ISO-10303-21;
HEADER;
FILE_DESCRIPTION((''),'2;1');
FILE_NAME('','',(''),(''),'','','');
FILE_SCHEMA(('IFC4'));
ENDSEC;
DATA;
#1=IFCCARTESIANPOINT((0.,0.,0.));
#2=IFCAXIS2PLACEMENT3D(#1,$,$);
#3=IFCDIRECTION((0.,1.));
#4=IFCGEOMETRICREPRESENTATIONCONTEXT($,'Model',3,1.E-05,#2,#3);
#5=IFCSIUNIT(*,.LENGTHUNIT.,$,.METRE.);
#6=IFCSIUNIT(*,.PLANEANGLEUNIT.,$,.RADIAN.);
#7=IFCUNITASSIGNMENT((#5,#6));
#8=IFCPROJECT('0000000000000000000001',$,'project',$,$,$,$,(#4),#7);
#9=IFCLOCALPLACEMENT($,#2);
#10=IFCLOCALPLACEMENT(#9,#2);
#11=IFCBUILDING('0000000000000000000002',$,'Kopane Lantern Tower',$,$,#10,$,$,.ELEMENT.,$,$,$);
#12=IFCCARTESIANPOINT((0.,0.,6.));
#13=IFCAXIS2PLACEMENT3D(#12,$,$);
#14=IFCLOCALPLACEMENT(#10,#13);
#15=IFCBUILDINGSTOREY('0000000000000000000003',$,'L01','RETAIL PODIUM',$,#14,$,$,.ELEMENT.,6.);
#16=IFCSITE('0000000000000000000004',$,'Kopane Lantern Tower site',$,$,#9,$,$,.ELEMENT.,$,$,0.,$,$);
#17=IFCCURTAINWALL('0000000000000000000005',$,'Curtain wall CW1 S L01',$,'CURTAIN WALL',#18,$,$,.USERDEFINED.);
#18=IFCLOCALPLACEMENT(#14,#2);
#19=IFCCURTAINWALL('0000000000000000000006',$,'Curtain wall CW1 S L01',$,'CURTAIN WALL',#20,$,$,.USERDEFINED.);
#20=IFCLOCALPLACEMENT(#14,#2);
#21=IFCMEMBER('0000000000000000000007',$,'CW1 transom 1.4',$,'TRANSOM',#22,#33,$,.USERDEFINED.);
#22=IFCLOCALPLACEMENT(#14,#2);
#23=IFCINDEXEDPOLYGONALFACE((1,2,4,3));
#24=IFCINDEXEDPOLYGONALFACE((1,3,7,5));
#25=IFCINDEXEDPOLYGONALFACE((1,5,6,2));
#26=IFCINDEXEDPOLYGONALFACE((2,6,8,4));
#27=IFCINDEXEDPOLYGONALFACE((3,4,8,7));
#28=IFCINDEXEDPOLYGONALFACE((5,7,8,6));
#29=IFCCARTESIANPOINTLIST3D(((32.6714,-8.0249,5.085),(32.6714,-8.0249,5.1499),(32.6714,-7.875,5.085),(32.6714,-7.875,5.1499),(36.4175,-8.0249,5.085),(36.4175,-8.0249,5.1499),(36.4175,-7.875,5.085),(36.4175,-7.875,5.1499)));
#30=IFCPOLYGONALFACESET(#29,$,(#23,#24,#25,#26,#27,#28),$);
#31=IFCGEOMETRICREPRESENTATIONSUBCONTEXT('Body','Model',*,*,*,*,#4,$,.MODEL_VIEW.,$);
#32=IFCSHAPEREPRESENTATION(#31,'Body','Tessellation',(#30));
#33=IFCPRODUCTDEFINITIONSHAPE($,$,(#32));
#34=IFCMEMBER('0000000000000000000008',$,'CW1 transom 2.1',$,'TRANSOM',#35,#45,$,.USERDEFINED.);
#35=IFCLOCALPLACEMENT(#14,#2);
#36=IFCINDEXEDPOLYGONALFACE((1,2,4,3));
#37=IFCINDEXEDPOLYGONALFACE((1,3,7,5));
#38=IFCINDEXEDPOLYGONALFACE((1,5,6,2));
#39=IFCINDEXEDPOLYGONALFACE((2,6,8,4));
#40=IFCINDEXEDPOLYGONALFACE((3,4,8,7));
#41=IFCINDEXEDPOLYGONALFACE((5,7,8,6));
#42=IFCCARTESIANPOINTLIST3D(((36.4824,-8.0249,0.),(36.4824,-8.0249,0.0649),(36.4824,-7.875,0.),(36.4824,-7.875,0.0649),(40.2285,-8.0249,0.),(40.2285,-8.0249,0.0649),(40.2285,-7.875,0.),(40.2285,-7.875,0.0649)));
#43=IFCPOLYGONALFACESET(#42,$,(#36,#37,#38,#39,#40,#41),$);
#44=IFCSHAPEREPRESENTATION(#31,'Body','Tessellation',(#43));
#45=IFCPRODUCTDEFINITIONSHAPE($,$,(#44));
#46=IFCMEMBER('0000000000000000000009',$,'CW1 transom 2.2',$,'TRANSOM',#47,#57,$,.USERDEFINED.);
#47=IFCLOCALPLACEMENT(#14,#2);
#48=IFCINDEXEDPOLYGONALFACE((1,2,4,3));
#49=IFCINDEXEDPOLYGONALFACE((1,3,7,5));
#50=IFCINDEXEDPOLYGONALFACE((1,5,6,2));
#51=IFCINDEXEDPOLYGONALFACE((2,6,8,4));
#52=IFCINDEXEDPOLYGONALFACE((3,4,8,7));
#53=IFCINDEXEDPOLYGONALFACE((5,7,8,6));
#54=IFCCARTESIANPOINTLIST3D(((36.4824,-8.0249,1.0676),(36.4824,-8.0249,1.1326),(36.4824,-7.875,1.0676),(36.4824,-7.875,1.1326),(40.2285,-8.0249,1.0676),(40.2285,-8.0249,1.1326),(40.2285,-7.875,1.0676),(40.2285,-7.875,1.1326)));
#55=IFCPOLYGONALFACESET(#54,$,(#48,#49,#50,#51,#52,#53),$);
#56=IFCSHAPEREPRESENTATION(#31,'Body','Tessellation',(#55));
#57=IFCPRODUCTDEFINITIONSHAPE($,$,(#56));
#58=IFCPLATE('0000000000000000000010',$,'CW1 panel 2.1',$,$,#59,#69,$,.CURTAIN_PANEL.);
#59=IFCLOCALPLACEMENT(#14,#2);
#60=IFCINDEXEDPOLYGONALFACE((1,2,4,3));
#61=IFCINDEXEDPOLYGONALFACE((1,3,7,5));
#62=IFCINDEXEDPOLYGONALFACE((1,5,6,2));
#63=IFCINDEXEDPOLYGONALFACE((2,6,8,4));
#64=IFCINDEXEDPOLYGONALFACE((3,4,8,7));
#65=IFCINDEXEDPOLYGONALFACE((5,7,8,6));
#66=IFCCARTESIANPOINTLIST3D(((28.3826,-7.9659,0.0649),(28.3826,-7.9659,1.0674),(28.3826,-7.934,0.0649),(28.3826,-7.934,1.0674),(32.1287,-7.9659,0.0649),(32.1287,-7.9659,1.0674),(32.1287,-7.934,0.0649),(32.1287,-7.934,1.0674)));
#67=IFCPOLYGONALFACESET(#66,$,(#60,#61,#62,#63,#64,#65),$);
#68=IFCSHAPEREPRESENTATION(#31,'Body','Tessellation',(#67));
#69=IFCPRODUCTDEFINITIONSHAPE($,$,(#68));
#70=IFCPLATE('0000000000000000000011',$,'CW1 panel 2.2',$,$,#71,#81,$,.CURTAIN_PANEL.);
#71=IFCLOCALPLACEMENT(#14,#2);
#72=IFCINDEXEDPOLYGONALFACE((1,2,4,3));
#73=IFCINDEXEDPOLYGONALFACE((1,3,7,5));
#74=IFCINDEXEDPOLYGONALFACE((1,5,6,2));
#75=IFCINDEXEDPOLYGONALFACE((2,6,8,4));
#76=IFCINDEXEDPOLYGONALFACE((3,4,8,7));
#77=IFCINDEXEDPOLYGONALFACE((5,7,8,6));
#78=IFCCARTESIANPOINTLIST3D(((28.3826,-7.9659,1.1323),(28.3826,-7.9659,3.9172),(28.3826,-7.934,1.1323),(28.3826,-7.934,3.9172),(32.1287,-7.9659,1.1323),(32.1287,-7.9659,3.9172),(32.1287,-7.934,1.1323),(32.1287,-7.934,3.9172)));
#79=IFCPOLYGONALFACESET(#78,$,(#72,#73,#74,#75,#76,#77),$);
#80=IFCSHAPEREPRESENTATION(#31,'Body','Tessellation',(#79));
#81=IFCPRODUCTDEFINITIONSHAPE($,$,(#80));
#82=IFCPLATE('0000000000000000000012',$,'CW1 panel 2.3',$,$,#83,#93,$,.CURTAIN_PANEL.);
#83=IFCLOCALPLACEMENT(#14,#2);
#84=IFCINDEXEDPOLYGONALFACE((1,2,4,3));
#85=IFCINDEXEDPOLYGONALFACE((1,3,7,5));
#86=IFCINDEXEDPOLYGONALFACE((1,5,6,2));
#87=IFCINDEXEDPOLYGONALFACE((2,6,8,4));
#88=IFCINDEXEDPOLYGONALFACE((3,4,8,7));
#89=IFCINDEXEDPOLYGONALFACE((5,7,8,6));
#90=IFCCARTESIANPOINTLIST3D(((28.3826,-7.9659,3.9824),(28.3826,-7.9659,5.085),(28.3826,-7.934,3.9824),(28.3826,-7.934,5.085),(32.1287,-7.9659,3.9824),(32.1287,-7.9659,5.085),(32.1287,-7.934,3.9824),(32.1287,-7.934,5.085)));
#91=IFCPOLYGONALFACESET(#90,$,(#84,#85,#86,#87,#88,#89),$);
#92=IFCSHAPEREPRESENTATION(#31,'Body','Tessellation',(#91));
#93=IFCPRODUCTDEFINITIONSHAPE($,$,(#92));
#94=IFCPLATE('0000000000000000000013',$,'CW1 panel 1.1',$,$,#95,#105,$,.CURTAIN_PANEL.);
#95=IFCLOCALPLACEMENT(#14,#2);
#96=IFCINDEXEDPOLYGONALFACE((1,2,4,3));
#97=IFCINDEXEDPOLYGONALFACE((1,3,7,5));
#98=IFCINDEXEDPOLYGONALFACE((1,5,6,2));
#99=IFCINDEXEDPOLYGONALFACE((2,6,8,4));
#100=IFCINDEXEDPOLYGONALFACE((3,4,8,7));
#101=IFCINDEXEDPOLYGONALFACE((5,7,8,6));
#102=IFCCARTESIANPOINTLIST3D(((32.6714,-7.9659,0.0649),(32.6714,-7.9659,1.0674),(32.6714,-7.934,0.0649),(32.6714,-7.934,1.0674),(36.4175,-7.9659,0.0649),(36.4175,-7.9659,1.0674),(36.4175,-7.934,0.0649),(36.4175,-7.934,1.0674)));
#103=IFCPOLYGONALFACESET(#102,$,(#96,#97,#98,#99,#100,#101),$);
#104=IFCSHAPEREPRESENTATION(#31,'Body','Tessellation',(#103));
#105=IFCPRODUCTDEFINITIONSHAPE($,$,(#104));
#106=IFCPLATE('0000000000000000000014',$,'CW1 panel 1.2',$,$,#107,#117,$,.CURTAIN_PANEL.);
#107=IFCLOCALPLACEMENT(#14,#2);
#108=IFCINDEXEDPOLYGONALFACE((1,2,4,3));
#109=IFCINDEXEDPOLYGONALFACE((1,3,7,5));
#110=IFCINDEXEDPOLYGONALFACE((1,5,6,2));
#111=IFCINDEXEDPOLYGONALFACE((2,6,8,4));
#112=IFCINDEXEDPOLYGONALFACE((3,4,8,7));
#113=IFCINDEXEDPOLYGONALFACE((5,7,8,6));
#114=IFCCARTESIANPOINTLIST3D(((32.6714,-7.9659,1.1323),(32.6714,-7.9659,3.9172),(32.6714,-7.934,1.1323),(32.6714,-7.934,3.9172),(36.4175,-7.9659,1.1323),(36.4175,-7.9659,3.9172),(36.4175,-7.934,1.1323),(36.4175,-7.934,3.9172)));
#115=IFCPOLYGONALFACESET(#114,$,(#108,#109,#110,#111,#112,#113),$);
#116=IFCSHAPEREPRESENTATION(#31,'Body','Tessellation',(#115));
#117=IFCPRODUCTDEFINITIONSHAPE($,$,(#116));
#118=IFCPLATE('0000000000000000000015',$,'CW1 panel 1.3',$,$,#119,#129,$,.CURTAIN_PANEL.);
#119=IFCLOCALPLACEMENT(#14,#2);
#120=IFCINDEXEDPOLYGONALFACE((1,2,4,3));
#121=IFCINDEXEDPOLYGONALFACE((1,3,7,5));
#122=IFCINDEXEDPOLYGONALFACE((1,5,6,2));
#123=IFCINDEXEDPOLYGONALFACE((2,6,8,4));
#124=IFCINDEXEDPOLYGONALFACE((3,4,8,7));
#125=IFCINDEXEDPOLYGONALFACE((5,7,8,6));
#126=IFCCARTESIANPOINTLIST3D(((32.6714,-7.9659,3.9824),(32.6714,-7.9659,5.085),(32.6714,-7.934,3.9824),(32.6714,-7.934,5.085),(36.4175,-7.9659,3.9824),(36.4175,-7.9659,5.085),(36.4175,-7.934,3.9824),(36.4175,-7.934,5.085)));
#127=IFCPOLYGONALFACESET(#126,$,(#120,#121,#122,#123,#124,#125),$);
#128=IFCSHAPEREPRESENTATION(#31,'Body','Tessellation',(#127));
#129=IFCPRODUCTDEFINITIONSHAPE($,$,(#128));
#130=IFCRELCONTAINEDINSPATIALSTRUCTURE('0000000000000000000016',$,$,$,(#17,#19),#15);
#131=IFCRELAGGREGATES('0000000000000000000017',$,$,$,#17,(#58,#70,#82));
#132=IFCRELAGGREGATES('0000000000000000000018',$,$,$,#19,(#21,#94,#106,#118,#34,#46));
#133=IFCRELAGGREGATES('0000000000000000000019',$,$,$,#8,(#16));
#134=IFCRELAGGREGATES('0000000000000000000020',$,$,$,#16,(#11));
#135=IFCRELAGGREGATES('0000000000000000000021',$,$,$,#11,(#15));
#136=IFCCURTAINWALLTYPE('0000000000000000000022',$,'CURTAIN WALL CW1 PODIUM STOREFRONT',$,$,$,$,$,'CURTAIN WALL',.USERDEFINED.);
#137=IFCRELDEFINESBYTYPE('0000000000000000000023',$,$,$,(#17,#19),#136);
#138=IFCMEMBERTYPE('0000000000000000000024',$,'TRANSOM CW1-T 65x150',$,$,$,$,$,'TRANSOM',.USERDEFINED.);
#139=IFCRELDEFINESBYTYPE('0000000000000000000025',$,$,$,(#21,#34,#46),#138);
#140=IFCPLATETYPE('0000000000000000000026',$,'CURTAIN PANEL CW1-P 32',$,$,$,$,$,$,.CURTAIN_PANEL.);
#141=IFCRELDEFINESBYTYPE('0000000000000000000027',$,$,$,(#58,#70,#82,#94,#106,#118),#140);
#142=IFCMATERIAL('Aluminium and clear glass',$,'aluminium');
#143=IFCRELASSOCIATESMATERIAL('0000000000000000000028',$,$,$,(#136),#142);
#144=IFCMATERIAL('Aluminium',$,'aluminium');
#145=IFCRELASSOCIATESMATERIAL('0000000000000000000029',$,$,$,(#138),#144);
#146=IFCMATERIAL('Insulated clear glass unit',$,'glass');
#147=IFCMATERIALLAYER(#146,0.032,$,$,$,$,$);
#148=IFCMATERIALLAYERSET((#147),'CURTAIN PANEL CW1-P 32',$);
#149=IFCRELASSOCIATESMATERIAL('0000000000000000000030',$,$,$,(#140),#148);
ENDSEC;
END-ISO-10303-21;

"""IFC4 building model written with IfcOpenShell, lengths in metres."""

from ifc_helpers import new_model, si_unit, direction, frame, origin, origin_2d, place, context, subcontext, project, spatial, rectangle, extrude, material, layer, layer_set, material_profile, profile_set, type_object, element, aggregate, save


model = new_model("IFC4")

# Units and contexts
model_context = context("Model", 3, precision=1e-05, world=origin(), true_north=direction((0.0, 1.0)))
body_context = subcontext(model_context, "Body", "Model", "MODEL_VIEW")
ifc_project = project(units=[si_unit("LENGTHUNIT", "METRE"), si_unit("PLANEANGLEUNIT", "RADIAN")], contexts=[model_context])

# Site, building, storey
site_placement = place(None, origin())
site = spatial("IfcSite", under=ifc_project, at=site_placement, Name="Kopane Lantern Tower site", CompositionType="ELEMENT", RefElevation=0.0)
building_placement = place(site_placement, origin())
building = spatial("IfcBuilding", under=site, at=building_placement, Name="Kopane Lantern Tower", CompositionType="ELEMENT")
storey_placement = place(building_placement, frame((0.0, 0.0, 6.0)))
storey = spatial("IfcBuildingStorey", under=building, at=storey_placement, Name="L01", Description="RETAIL PODIUM", CompositionType="ELEMENT", Elevation=6.0)

# Curtain wall
ifc_material_1 = material(Name="Aluminium and clear glass", Category="aluminium")
curtain_wall_type = type_object("IfcCurtainWallType", Name="CURTAIN WALL CW1 PODIUM STOREFRONT", ElementType="CURTAIN WALL", PredefinedType="USERDEFINED", material=ifc_material_1)
curtain_wall_1_placement = place(storey_placement, origin())
curtain_wall_1 = element("IfcCurtainWall", 1, at=curtain_wall_1_placement, inside=storey, type_object=curtain_wall_type, Name="Curtain wall CW1 S L01", ObjectType="CURTAIN WALL", PredefinedType="USERDEFINED")

# Curtain wall
curtain_wall_2_placement = place(storey_placement, origin())
curtain_wall_2 = element("IfcCurtainWall", 2, at=curtain_wall_2_placement, inside=storey, type_object=curtain_wall_type, Name="Curtain wall CW1 S L01", ObjectType="CURTAIN WALL", PredefinedType="USERDEFINED")

# Members
ifc_material_2 = material(Name="Aluminium", Category="aluminium")
ifc_material_profile_1 = material_profile(ifc_material_2, rectangle(XDim=0.1499, YDim=0.0649, at=origin_2d()), Name="AL 150x65")
ifc_profile_set_1 = profile_set([ifc_material_profile_1], Name="Aluminium")
member_type_1 = type_object("IfcMemberType", Name="TRANSOM CW1-T 65x150", ElementType="TRANSOM", PredefinedType="USERDEFINED", material=ifc_profile_set_1)
member_1_placement = place(storey_placement, frame((32.6714, -7.95, 5.1174), z_axis=(1.0, 0.0, 0.0), x_axis=(0.0, 1.0, 0.0)))
member_1 = element("IfcMember", 3, at=member_1_placement, type_object=member_type_1, Name="CW1 transom 1.4", ObjectType="TRANSOM", PredefinedType="USERDEFINED", context=body_context, shape_type="SweptSolid", body=[
    extrude(rectangle(XDim=0.1499, YDim=0.0649, at=origin_2d()), origin(), (0.0, 0.0, 1.0), 3.7461),
])
member_2_placement = place(storey_placement, frame((36.4824, -7.95, 0.0325), z_axis=(1.0, 0.0, 0.0), x_axis=(0.0, 1.0, 0.0)))
member_2 = element("IfcMember", 4, at=member_2_placement, type_object=member_type_1, Name="CW1 transom 2.1", ObjectType="TRANSOM", PredefinedType="USERDEFINED", context=body_context, shape_type="SweptSolid", body=[
    extrude(rectangle(XDim=0.1499, YDim=0.0649, at=origin_2d()), origin(), (0.0, 0.0, 1.0), 3.7461),
])
member_3_placement = place(storey_placement, frame((36.4824, -7.95, 1.1001), z_axis=(1.0, 0.0, 0.0), x_axis=(0.0, 1.0, 0.0)))
member_3 = element("IfcMember", 5, at=member_3_placement, type_object=member_type_1, Name="CW1 transom 2.2", ObjectType="TRANSOM", PredefinedType="USERDEFINED", context=body_context, shape_type="SweptSolid", body=[
    extrude(rectangle(XDim=0.1499, YDim=0.0649, at=origin_2d()), origin(), (0.0, 0.0, 1.0), 3.7461),
])

# Plates
ifc_material_3 = material(Name="Insulated clear glass unit", Category="glass")
ifc_layer = layer(ifc_material_3, 0.032)
ifc_layer_set = layer_set([ifc_layer], Name="CURTAIN PANEL CW1-P 32")
plate_type = type_object("IfcPlateType", Name="CURTAIN PANEL CW1-P 32", PredefinedType="CURTAIN_PANEL", material=ifc_layer_set)
plate_1_placement = place(storey_placement, frame((30.2556, -7.95, 0.0649), z_axis=(0.0, 0.0, 1.0), x_axis=(1.0, 0.0, 0.0)))
plate_1 = element("IfcPlate", 6, at=plate_1_placement, type_object=plate_type, Name="CW1 panel 2.1", PredefinedType="CURTAIN_PANEL", context=body_context, shape_type="SweptSolid", body=[
    extrude(rectangle(XDim=3.7461, YDim=0.032, at=origin_2d()), origin(), (0.0, 0.0, 1.0), 1.0024),
])
plate_2_placement = place(storey_placement, frame((30.2556, -7.95, 1.1323), z_axis=(0.0, 0.0, 1.0), x_axis=(1.0, 0.0, 0.0)))
plate_2 = element("IfcPlate", 7, at=plate_2_placement, type_object=plate_type, Name="CW1 panel 2.2", PredefinedType="CURTAIN_PANEL", context=body_context, shape_type="SweptSolid", body=[
    extrude(rectangle(XDim=3.7461, YDim=0.032, at=origin_2d()), origin(), (0.0, 0.0, 1.0), 2.7849),
])
plate_3_placement = place(storey_placement, frame((30.2556, -7.95, 3.9824), z_axis=(0.0, 0.0, 1.0), x_axis=(1.0, 0.0, 0.0)))
plate_3 = element("IfcPlate", 8, at=plate_3_placement, type_object=plate_type, Name="CW1 panel 2.3", PredefinedType="CURTAIN_PANEL", context=body_context, shape_type="SweptSolid", body=[
    extrude(rectangle(XDim=3.7461, YDim=0.032, at=origin_2d()), origin(), (0.0, 0.0, 1.0), 1.1025),
])
aggregate(curtain_wall_1, [plate_1, plate_2, plate_3])
plate_4_placement = place(storey_placement, frame((34.5444, -7.95, 0.0649), z_axis=(0.0, 0.0, 1.0), x_axis=(1.0, 0.0, 0.0)))
plate_4 = element("IfcPlate", 9, at=plate_4_placement, type_object=plate_type, Name="CW1 panel 1.1", PredefinedType="CURTAIN_PANEL", context=body_context, shape_type="SweptSolid", body=[
    extrude(rectangle(XDim=3.7461, YDim=0.032, at=origin_2d()), origin(), (0.0, 0.0, 1.0), 1.0024),
])
plate_5_placement = place(storey_placement, frame((34.5444, -7.95, 1.1323), z_axis=(0.0, 0.0, 1.0), x_axis=(1.0, 0.0, 0.0)))
plate_5 = element("IfcPlate", 10, at=plate_5_placement, type_object=plate_type, Name="CW1 panel 1.2", PredefinedType="CURTAIN_PANEL", context=body_context, shape_type="SweptSolid", body=[
    extrude(rectangle(XDim=3.7461, YDim=0.032, at=origin_2d()), origin(), (0.0, 0.0, 1.0), 2.7849),
])
plate_6_placement = place(storey_placement, frame((34.5444, -7.95, 3.9824), z_axis=(0.0, 0.0, 1.0), x_axis=(1.0, 0.0, 0.0)))
plate_6 = element("IfcPlate", 11, at=plate_6_placement, type_object=plate_type, Name="CW1 panel 1.3", PredefinedType="CURTAIN_PANEL", context=body_context, shape_type="SweptSolid", body=[
    extrude(rectangle(XDim=3.7461, YDim=0.032, at=origin_2d()), origin(), (0.0, 0.0, 1.0), 1.1025),
])
aggregate(curtain_wall_2, [member_1, plate_4, plate_5, plate_6, member_2, member_3])

save(model, "model.ifc")
